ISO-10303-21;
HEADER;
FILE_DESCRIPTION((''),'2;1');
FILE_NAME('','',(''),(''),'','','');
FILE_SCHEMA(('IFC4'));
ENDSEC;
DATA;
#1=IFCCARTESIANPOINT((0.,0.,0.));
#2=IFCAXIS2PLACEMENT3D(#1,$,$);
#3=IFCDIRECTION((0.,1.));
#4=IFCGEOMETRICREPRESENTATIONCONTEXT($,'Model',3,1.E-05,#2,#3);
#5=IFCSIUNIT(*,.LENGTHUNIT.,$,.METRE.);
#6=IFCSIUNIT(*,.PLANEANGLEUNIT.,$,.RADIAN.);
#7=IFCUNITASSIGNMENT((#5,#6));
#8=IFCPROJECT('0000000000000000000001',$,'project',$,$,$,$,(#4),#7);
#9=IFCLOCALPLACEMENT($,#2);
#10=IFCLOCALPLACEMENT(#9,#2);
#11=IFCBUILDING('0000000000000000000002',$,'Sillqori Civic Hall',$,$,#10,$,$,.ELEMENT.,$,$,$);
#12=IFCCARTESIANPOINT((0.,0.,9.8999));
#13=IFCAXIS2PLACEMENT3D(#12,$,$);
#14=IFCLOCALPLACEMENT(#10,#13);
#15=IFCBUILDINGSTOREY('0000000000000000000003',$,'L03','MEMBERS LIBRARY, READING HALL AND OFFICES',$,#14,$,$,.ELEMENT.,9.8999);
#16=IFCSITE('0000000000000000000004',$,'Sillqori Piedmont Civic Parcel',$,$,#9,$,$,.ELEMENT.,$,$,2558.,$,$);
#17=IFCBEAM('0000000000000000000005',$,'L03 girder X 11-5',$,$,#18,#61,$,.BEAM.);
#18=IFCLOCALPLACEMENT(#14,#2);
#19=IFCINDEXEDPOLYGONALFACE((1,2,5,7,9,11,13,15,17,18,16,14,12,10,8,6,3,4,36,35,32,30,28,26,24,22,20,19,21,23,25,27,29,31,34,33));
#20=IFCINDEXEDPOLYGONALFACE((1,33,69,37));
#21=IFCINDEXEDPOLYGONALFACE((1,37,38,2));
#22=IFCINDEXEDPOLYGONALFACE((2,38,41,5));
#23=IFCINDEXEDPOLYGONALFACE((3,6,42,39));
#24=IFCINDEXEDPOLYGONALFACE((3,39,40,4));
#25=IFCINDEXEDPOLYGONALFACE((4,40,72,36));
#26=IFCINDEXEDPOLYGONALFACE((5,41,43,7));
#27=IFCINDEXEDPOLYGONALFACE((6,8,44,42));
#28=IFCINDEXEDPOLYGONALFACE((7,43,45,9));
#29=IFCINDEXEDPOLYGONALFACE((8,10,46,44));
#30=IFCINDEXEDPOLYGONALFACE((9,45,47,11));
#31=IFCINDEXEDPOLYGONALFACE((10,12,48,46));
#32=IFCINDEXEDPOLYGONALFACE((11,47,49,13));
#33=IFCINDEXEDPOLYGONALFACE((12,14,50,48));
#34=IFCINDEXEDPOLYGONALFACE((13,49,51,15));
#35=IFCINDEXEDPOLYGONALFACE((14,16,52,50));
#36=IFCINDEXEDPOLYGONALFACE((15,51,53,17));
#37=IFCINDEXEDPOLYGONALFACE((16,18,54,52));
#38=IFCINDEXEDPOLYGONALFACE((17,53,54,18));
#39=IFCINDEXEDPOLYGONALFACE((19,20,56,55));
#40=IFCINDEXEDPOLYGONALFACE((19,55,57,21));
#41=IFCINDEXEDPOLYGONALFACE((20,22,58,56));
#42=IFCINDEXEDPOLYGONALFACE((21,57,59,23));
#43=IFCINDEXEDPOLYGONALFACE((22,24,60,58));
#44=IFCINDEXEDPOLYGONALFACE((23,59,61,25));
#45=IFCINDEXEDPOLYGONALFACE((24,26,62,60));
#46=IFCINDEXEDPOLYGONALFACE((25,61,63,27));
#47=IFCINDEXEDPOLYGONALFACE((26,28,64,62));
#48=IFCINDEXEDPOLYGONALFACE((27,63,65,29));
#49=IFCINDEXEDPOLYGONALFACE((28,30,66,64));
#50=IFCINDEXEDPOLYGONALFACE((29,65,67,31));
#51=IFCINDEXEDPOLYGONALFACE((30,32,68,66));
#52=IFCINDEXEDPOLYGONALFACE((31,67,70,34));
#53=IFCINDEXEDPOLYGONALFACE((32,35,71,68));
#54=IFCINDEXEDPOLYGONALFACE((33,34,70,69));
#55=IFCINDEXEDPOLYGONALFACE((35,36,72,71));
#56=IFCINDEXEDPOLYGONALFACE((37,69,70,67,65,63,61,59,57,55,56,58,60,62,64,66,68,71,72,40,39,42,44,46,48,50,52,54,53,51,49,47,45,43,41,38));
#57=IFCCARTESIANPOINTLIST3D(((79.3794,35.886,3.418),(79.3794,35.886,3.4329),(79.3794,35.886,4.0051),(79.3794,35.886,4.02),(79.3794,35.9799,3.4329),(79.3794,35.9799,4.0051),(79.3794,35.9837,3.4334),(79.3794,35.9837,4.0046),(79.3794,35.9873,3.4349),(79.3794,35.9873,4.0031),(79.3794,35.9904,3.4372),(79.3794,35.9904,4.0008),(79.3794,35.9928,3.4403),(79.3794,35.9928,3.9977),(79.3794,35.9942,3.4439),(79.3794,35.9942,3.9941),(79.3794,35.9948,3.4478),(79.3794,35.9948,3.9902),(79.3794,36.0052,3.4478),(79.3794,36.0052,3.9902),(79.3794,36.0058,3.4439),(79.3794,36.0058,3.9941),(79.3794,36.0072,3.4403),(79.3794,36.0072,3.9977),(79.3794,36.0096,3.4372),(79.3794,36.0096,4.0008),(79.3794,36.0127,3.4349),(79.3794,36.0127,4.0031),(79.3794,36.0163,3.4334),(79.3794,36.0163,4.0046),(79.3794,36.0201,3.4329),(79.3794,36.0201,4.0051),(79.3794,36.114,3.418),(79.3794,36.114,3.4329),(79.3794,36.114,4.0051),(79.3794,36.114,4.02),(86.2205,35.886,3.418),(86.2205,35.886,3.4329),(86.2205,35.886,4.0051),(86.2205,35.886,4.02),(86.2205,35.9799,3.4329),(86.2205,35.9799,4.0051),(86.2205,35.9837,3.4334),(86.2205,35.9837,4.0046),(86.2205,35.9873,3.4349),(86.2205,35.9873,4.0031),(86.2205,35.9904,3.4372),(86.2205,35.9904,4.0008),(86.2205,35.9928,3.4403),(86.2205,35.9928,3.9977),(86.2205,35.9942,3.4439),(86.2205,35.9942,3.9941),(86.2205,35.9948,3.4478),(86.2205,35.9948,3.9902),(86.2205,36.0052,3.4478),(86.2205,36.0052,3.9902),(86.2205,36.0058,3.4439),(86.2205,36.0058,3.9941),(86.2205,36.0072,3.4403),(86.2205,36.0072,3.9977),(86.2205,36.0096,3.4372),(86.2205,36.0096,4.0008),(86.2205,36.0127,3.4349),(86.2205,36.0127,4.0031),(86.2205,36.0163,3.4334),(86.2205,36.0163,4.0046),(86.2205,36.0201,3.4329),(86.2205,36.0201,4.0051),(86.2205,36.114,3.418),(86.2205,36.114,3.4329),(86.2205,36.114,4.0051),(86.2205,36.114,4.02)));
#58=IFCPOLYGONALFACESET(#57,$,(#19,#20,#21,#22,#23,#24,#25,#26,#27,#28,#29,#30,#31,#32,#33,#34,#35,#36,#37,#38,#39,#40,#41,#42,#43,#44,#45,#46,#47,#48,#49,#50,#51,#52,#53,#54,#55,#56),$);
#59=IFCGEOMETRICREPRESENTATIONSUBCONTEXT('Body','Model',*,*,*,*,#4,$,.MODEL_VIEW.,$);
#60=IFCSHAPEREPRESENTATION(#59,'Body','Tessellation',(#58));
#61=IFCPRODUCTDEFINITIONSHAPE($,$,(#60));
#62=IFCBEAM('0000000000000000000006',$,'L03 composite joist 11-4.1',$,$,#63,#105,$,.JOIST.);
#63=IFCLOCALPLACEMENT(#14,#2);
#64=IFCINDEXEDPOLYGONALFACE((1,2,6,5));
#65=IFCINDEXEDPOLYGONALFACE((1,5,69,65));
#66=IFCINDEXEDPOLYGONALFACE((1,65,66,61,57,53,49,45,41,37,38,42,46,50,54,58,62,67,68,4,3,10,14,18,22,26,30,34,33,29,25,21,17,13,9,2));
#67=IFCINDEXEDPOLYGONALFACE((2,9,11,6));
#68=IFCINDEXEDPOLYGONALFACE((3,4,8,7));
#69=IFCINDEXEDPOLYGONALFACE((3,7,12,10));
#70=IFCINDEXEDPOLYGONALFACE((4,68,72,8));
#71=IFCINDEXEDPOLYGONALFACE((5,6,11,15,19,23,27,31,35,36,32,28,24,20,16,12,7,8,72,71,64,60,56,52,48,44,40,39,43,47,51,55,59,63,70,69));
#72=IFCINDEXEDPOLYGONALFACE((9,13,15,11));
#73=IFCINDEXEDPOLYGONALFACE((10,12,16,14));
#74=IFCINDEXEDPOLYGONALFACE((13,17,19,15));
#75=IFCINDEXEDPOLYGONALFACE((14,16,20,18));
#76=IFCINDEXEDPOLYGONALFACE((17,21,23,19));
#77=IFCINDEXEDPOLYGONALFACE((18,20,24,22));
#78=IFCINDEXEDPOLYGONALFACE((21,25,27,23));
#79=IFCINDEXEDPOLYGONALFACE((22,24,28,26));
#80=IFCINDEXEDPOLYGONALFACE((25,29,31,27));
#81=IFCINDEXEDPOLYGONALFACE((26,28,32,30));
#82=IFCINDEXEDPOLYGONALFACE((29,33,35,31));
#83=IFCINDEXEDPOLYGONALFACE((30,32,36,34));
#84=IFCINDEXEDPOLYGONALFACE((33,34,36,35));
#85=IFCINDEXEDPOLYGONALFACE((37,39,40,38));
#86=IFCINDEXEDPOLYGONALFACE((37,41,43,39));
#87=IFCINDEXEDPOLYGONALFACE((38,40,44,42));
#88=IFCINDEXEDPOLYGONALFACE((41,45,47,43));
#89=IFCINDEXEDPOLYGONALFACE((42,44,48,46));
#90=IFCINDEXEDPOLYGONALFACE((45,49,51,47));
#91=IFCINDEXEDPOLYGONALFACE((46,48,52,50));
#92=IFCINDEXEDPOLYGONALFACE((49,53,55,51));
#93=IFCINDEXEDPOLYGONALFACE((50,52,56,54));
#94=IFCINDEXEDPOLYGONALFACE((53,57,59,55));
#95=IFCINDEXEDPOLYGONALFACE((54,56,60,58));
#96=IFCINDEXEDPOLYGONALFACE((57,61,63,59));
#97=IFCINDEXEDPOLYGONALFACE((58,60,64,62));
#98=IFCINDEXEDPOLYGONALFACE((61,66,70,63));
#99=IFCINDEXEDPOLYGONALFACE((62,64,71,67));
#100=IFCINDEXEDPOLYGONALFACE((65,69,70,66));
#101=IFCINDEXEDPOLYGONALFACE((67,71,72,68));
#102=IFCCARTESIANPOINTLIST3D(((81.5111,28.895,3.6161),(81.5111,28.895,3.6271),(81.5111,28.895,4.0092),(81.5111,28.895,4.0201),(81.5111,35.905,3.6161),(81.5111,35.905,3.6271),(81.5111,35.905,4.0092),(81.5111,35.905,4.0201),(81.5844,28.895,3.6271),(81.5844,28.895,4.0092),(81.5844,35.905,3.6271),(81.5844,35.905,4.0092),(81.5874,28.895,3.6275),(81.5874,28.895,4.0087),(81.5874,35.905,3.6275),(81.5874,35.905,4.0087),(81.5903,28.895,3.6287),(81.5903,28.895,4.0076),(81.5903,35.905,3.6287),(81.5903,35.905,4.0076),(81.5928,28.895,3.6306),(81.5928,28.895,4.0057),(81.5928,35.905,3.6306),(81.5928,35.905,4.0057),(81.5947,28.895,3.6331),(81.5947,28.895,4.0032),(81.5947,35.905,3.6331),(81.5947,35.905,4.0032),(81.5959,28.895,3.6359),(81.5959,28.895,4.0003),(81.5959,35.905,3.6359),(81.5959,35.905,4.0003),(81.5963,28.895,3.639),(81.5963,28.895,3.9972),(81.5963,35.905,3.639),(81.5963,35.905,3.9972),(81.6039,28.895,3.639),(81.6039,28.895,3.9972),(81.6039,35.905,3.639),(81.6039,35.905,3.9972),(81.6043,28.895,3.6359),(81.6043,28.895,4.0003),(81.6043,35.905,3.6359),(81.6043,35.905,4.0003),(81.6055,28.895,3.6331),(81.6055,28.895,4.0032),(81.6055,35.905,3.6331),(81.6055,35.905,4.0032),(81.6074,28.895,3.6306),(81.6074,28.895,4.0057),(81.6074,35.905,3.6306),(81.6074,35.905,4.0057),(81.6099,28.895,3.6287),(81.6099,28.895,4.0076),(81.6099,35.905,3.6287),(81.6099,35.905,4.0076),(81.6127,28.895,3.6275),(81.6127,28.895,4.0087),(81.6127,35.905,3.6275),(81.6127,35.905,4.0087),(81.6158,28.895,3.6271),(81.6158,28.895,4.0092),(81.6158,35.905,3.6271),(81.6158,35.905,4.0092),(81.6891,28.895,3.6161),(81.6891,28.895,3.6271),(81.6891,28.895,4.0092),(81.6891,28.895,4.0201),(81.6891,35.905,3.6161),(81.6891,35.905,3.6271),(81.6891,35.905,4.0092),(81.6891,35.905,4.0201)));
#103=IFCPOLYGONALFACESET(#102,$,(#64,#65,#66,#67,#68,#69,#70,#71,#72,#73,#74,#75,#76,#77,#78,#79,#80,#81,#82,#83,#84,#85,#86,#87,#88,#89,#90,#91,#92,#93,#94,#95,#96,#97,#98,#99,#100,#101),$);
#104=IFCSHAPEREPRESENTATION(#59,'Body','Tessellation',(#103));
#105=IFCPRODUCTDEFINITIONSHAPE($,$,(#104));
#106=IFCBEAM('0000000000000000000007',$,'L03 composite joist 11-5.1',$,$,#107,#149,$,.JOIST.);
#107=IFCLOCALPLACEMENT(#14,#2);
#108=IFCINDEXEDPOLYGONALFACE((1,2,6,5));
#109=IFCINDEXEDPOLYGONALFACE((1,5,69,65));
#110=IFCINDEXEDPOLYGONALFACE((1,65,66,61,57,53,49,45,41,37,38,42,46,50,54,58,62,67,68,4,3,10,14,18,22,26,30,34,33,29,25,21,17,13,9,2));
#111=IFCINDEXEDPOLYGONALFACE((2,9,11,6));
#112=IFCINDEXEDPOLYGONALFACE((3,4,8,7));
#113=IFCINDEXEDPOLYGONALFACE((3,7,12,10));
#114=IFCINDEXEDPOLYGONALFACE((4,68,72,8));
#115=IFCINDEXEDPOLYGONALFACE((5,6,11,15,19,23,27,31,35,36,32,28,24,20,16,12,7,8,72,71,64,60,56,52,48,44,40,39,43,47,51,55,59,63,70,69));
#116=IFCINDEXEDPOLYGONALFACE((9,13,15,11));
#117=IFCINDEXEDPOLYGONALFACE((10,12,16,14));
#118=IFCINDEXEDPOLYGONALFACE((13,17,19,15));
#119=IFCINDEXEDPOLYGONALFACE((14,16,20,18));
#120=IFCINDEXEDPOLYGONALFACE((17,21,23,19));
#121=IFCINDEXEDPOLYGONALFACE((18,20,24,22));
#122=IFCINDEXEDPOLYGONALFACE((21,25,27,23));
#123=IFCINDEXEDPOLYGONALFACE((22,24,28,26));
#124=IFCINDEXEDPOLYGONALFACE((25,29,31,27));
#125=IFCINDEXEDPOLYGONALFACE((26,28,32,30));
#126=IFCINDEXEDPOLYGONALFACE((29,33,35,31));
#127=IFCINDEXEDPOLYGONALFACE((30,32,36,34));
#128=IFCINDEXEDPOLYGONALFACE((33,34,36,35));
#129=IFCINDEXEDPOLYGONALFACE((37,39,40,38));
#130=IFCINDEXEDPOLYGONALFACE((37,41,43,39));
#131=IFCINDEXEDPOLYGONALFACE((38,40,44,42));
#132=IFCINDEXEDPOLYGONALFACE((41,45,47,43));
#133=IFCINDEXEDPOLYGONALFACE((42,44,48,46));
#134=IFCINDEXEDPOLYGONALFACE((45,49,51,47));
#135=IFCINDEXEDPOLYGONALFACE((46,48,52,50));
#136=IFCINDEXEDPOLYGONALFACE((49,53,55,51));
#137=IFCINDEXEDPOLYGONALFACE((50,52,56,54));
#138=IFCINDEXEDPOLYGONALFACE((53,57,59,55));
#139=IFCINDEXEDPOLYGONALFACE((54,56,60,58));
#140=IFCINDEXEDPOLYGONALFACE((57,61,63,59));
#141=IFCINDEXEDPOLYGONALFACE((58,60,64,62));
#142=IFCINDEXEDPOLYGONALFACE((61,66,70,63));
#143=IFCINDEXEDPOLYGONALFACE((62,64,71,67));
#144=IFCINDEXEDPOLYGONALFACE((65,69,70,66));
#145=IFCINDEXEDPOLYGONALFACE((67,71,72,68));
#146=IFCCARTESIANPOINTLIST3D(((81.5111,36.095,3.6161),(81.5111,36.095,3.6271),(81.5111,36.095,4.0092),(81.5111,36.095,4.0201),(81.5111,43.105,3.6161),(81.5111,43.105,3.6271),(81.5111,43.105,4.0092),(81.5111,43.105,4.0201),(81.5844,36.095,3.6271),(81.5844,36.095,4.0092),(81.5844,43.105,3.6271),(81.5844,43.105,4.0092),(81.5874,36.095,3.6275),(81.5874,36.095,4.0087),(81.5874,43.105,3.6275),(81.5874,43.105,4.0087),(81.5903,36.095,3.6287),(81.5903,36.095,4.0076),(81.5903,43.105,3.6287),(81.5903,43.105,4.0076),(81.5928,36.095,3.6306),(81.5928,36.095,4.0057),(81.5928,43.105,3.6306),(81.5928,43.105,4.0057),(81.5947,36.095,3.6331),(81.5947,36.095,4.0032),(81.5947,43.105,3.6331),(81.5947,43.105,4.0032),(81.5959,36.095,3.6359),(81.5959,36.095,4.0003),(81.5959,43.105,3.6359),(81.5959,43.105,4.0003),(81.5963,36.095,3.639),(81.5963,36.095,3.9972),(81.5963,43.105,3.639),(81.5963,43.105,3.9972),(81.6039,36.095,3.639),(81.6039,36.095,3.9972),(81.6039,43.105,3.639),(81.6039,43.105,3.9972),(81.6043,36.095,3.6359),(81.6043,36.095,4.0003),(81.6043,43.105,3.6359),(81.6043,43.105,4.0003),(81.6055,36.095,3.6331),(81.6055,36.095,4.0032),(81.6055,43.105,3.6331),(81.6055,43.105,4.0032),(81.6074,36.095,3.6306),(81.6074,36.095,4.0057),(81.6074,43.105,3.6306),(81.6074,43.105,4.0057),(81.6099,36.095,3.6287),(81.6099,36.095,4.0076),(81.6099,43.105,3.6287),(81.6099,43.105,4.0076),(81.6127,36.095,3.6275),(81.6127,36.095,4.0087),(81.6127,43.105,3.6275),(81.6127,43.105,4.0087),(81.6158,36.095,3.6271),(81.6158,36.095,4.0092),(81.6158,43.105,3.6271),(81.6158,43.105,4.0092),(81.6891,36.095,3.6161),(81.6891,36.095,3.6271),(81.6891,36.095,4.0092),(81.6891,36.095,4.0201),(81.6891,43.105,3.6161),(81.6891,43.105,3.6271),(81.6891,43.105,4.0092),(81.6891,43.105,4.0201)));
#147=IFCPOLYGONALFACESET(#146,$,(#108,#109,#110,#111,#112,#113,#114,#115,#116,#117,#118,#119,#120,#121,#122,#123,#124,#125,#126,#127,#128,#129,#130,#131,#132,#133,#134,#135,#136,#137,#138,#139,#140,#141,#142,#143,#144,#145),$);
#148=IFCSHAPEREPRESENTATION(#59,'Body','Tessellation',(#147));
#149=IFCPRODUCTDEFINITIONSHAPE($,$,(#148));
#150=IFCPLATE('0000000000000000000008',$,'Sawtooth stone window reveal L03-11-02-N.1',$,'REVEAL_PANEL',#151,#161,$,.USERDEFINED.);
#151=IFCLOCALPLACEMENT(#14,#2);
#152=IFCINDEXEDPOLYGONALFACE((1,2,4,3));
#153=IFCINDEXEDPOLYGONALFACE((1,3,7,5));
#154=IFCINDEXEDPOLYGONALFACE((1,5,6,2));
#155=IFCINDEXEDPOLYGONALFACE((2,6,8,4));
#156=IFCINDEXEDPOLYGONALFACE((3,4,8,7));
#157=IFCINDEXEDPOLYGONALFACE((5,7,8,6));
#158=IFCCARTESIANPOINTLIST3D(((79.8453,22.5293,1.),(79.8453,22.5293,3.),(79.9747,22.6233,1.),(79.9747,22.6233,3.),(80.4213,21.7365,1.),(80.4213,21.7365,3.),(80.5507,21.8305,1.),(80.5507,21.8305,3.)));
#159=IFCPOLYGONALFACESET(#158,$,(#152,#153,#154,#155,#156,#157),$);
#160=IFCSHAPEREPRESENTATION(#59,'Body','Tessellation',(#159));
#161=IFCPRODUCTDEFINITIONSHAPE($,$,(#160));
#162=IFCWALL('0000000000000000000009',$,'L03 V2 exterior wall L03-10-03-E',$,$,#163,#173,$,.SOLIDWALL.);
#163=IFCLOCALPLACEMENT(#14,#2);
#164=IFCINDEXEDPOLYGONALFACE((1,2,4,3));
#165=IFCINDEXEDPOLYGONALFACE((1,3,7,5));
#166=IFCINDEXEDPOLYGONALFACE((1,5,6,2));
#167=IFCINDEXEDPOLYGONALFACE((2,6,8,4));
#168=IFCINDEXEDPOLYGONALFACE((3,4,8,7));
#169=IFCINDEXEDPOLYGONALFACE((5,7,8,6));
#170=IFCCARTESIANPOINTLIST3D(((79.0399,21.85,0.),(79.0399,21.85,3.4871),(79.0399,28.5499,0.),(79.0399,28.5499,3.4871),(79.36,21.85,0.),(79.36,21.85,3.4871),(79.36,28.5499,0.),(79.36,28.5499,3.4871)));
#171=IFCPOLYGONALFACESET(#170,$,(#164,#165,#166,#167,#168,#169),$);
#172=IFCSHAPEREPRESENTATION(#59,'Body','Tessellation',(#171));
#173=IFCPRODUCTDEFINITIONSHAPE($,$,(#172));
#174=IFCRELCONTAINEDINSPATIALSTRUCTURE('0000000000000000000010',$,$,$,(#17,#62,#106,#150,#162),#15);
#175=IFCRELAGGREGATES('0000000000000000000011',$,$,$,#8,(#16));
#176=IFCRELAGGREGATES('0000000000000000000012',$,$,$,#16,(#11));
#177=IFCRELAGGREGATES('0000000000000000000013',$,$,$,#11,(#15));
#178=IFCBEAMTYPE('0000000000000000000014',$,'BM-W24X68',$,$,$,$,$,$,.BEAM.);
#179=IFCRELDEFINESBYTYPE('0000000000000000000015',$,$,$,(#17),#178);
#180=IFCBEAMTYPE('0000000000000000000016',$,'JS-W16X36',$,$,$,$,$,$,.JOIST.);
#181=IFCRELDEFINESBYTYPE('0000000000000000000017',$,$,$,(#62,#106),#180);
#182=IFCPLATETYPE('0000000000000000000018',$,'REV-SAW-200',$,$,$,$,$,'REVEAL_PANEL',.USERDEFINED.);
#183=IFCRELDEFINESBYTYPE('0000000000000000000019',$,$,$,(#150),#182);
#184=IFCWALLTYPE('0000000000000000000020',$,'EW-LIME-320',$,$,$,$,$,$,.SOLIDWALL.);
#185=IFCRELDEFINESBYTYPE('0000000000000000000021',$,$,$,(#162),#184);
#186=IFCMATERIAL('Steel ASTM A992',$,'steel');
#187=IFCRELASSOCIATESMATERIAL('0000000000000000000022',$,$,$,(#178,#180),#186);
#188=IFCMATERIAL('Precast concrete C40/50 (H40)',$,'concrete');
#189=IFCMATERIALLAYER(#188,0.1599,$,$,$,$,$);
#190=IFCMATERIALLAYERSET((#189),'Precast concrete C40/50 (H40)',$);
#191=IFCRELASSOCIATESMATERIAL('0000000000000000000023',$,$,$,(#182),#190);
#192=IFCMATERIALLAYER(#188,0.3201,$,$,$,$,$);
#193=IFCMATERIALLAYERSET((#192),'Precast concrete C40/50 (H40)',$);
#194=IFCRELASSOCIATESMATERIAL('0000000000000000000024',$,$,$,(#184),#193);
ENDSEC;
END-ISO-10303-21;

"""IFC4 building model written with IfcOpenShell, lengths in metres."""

from ifc_helpers import new_model, si_unit, direction, frame, frame_2d, origin, origin_2d, place, context, subcontext, project, spatial, rectangle, i_section, extrude, material, layer, layer_set, material_profile, profile_set, type_object, element, save


model = new_model("IFC4")

# Units and contexts
model_context = context("Model", 3, precision=1e-05, world=origin(), true_north=direction((0.0, 1.0)))
body_context = subcontext(model_context, "Body", "Model", "MODEL_VIEW")
ifc_project = project(units=[si_unit("LENGTHUNIT", "METRE"), si_unit("PLANEANGLEUNIT", "RADIAN")], contexts=[model_context])

# Site, building, storey
site_placement = place(None, origin())
site = spatial("IfcSite", under=ifc_project, at=site_placement, Name="Sillqori Piedmont Civic Parcel", CompositionType="ELEMENT", RefElevation=2558.0)
building_placement = place(site_placement, origin())
building = spatial("IfcBuilding", under=site, at=building_placement, Name="Sillqori Civic Hall", CompositionType="ELEMENT")
storey_placement = place(building_placement, frame((0.0, 0.0, 9.8999)))
storey = spatial("IfcBuildingStorey", under=building, at=storey_placement, Name="L03", Description="MEMBERS LIBRARY, READING HALL AND OFFICES", CompositionType="ELEMENT", Elevation=9.8999)

# Shared definitions
ifc_material_1 = material(Name="Steel ASTM A992", Category="steel")

# Beams
ifc_material_profile_1 = material_profile(ifc_material_1, i_section(OverallWidth=0.228, OverallDepth=0.6021, WebThickness=0.0105, FlangeThickness=0.0149, FilletRadius=0.0149, at=origin_2d()), Name="W24X68")
ifc_profile_set_1 = profile_set([ifc_material_profile_1], Name="Steel ASTM A992")
beam_type_1 = type_object("IfcBeamType", Name="BM-W24X68", PredefinedType="BEAM", material=ifc_profile_set_1)
beam_1_placement = place(storey_placement, frame((79.3794, 36.0, 3.719), z_axis=(1.0, 0.0, 0.0), x_axis=(0.0, 1.0, 0.0)))
element("IfcBeam", 1, at=beam_1_placement, inside=storey, type_object=beam_type_1, Name="L03 girder X 11-5", PredefinedType="BEAM", context=body_context, shape_type="SweptSolid", body=[
    extrude(i_section(OverallWidth=0.228, OverallDepth=0.6021, WebThickness=0.0105, FlangeThickness=0.0149, FilletRadius=0.0149, at=origin_2d()), origin(), (0.0, 0.0, 1.0), 6.8411),
])
ifc_material_profile_2 = material_profile(ifc_material_1, i_section(OverallWidth=0.178, OverallDepth=0.4041, WebThickness=0.0076, FlangeThickness=0.011, FilletRadius=0.012, at=origin_2d()), Name="W16X36")
ifc_profile_set_2 = profile_set([ifc_material_profile_2], Name="Steel ASTM A992")
beam_type_2 = type_object("IfcBeamType", Name="JS-W16X36", PredefinedType="JOIST", material=ifc_profile_set_2)
for number, where, z_axis, x_axis, name in (
    (2, (81.6001, 28.895, 3.8181), (0.0, 1.0, 0.0), (-1.0, 0.0, 0.0), "L03 composite joist 11-4.1"),
    (3, (81.6001, 36.095, 3.8181), (0.0, 1.0, 0.0), (-1.0, 0.0, 0.0), "L03 composite joist 11-5.1"),
):
    element("IfcBeam", number, at=place(storey_placement, frame(where, z_axis=z_axis, x_axis=x_axis)), inside=storey, type_object=beam_type_2, Name=name, PredefinedType="JOIST", context=body_context, shape_type="SweptSolid", body=[
        extrude(i_section(OverallWidth=0.178, OverallDepth=0.4041, WebThickness=0.0076, FlangeThickness=0.011, FilletRadius=0.012, at=origin_2d()), origin(), (0.0, 0.0, 1.0), 7.01),
    ])

# Plate
ifc_material_2 = material(Name="Precast concrete C40/50 (H40)", Category="concrete")
ifc_layer_1 = layer(ifc_material_2, 0.1599)
ifc_layer_set_1 = layer_set([ifc_layer_1], Name="Precast concrete C40/50 (H40)")
plate_type = type_object("IfcPlateType", Name="REV-SAW-200", ElementType="REVEAL_PANEL", PredefinedType="USERDEFINED", material=ifc_layer_set_1)
plate_placement = place(storey_placement, frame((80.198, 22.1799, 1.0), z_axis=(0.0, 0.0, 1.0), x_axis=(0.809017, 0.587785, 0.0)))
element("IfcPlate", 4, at=plate_placement, inside=storey, type_object=plate_type, Name="Sawtooth stone window reveal L03-11-02-N.1", ObjectType="REVEAL_PANEL", PredefinedType="USERDEFINED", context=body_context, shape_type="SweptSolid", body=[
    extrude(rectangle(XDim=0.1599, YDim=0.98, at=origin_2d()), origin(), (0.0, 0.0, 1.0), 2.0),
])

# Wall
ifc_layer_2 = layer(ifc_material_2, 0.3201)
ifc_layer_set_2 = layer_set([ifc_layer_2], Name="Precast concrete C40/50 (H40)")
wall_type_1 = type_object("IfcWallType", Name="EW-LIME-320", PredefinedType="SOLIDWALL", material=ifc_layer_set_2)
wall_1_placement = place(storey_placement, frame((79.2, 28.55, 0.0), z_axis=(0.0, 0.0, 1.0), x_axis=(0.0, -1.0, 0.0)))
element("IfcWall", 5, at=wall_1_placement, inside=storey, type_object=wall_type_1, Name="L03 V2 exterior wall L03-10-03-E", PredefinedType="SOLIDWALL", context=body_context, shape_type="SweptSolid", body=[
    extrude(rectangle(XDim=6.7, YDim=0.3201, at=frame_2d((3.3501, 0.0))), origin(), (0.0, 0.0, 1.0), 3.4871),
])

save(model, "model.ifc")
